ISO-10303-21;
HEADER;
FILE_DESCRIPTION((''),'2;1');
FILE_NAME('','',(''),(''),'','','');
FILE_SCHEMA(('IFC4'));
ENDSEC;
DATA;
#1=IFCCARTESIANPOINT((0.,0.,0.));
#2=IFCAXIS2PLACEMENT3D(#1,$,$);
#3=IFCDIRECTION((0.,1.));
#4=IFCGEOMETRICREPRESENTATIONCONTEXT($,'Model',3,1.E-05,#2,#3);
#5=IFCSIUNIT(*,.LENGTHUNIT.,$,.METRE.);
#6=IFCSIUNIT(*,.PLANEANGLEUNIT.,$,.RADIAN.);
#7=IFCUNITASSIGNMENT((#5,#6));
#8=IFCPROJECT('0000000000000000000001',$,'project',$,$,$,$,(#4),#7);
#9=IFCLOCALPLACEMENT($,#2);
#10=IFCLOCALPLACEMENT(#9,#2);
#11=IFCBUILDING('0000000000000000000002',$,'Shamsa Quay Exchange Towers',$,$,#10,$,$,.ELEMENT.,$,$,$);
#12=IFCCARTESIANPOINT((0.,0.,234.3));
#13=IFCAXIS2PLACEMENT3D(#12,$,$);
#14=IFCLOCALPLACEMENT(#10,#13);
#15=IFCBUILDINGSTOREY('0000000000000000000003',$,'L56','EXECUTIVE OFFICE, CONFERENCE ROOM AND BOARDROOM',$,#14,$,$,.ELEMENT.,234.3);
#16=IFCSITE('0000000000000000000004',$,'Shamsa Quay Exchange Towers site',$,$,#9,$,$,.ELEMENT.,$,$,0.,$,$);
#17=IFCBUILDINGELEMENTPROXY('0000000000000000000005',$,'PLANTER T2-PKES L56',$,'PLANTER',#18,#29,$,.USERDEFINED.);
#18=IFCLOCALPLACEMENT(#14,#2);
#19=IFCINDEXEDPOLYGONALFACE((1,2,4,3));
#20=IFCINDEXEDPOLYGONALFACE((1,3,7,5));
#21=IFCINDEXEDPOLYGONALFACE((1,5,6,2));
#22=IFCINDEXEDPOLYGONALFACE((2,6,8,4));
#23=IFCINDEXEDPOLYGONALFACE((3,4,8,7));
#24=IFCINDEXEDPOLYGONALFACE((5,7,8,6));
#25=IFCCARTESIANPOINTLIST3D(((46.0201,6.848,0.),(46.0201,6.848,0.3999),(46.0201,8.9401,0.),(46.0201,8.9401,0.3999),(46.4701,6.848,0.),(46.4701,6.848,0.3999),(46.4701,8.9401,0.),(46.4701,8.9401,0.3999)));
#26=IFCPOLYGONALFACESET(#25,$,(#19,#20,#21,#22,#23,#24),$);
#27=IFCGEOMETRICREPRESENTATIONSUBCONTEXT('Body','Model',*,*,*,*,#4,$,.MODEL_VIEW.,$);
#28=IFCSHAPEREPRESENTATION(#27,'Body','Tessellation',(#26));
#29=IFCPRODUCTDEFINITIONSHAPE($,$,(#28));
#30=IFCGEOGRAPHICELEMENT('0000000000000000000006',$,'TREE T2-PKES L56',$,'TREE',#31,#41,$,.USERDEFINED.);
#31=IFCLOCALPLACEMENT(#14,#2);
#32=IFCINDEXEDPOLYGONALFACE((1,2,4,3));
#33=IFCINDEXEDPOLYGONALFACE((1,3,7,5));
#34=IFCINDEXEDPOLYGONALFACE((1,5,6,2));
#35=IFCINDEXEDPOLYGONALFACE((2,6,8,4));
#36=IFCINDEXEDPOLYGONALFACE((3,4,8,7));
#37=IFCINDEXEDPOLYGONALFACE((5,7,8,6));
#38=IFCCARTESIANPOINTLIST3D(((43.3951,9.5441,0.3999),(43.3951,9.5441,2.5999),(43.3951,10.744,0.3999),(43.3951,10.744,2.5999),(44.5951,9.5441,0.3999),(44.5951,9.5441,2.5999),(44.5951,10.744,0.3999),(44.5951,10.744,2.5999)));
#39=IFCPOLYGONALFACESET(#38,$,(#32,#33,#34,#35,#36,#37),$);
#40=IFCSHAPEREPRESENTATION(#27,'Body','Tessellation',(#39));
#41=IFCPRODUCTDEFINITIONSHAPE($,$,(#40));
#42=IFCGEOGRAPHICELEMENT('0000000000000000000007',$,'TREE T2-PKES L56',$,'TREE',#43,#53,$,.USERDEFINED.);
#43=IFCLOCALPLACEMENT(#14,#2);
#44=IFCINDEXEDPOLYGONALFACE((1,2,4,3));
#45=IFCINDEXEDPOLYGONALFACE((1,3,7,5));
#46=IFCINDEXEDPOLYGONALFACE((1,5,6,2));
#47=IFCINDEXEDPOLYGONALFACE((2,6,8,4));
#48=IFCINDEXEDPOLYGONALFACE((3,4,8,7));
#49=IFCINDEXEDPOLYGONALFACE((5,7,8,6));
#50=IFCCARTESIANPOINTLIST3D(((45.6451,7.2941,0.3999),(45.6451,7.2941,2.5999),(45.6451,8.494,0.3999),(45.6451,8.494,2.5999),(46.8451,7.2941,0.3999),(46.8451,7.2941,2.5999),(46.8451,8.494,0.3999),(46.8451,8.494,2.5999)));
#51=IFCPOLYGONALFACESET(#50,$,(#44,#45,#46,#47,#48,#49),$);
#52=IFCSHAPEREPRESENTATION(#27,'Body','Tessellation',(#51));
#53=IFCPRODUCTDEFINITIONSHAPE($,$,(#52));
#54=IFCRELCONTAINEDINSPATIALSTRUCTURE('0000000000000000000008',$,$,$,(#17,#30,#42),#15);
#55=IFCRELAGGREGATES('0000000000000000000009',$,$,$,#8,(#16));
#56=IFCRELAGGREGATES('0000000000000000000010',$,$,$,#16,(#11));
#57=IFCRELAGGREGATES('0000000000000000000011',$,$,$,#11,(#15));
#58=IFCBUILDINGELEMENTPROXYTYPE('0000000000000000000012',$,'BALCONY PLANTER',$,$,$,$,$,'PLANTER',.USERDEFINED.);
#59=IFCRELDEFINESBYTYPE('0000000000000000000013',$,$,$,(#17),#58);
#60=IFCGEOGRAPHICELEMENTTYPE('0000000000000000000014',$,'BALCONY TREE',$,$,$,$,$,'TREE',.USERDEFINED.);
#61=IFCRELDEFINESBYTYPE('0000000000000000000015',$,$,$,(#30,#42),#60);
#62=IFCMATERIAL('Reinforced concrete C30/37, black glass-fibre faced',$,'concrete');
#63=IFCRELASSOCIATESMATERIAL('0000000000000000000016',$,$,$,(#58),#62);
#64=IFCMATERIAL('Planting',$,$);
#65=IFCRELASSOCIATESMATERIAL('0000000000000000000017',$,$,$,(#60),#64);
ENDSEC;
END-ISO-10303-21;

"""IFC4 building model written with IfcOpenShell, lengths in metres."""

from ifc_helpers import new_model, si_unit, direction, frame, origin, origin_2d, place, context, subcontext, project, spatial, rectangle, extrude, material, type_object, element, save


model = new_model("IFC4")

# Units and contexts
model_context = context("Model", 3, precision=1e-05, world=origin(), true_north=direction((0.0, 1.0)))
body_context = subcontext(model_context, "Body", "Model", "MODEL_VIEW")
ifc_project = project(units=[si_unit("LENGTHUNIT", "METRE"), si_unit("PLANEANGLEUNIT", "RADIAN")], contexts=[model_context])

# Site, building, storey
site_placement = place(None, origin())
site = spatial("IfcSite", under=ifc_project, at=site_placement, Name="Shamsa Quay Exchange Towers site", CompositionType="ELEMENT", RefElevation=0.0)
building_placement = place(site_placement, origin())
building = spatial("IfcBuilding", under=site, at=building_placement, Name="Shamsa Quay Exchange Towers", CompositionType="ELEMENT")
storey_placement = place(building_placement, frame((0.0, 0.0, 234.3)))
storey = spatial("IfcBuildingStorey", under=building, at=storey_placement, Name="L56", Description="EXECUTIVE OFFICE, CONFERENCE ROOM AND BOARDROOM", CompositionType="ELEMENT", Elevation=234.3)

# Building element proxy
ifc_material_1 = material(Name="Reinforced concrete C30/37, black glass-fibre faced", Category="concrete")
building_element_proxy_type = type_object("IfcBuildingElementProxyType", Name="BALCONY PLANTER", ElementType="PLANTER", PredefinedType="USERDEFINED", material=ifc_material_1)
for number, where, z_axis, x_axis, name in (
    (1, (46.2451, 7.894, 0.0), (0.0, 0.0, 1.0), (0.0, 1.0, 0.0), "PLANTER T2-PKES L56"),
):
    element("IfcBuildingElementProxy", number, at=place(storey_placement, frame(where, z_axis=z_axis, x_axis=x_axis)), inside=storey, type_object=building_element_proxy_type, Name=name, ObjectType="PLANTER", PredefinedType="USERDEFINED", context=body_context, shape_type="SweptSolid", body=[
        extrude(rectangle(XDim=2.092, YDim=0.45, at=origin_2d()), origin(), (0.0, 0.0, 1.0), 0.3999),
    ])

# Geographic elements
ifc_material_2 = material(Name="Planting")
geographic_element_type = type_object("IfcGeographicElementType", Name="BALCONY TREE", ElementType="TREE", PredefinedType="USERDEFINED", material=ifc_material_2)
for number, where, z_axis, x_axis, name in (
    (2, (43.9951, 10.144, 0.3999), (0.0, 0.0, 1.0), (0.0, 1.0, 0.0), "TREE T2-PKES L56"),
    (3, (46.2451, 7.894, 0.3999), (0.0, 0.0, 1.0), (0.0, 1.0, 0.0), "TREE T2-PKES L56"),
):
    element("IfcGeographicElement", number, at=place(storey_placement, frame(where, z_axis=z_axis, x_axis=x_axis)), inside=storey, type_object=geographic_element_type, Name=name, ObjectType="TREE", PredefinedType="USERDEFINED", context=body_context, shape_type="SweptSolid", body=[
        extrude(rectangle(XDim=1.2, YDim=1.2, at=origin_2d()), origin(), (0.0, 0.0, 1.0), 2.2),
    ])

save(model, "model.ifc")
